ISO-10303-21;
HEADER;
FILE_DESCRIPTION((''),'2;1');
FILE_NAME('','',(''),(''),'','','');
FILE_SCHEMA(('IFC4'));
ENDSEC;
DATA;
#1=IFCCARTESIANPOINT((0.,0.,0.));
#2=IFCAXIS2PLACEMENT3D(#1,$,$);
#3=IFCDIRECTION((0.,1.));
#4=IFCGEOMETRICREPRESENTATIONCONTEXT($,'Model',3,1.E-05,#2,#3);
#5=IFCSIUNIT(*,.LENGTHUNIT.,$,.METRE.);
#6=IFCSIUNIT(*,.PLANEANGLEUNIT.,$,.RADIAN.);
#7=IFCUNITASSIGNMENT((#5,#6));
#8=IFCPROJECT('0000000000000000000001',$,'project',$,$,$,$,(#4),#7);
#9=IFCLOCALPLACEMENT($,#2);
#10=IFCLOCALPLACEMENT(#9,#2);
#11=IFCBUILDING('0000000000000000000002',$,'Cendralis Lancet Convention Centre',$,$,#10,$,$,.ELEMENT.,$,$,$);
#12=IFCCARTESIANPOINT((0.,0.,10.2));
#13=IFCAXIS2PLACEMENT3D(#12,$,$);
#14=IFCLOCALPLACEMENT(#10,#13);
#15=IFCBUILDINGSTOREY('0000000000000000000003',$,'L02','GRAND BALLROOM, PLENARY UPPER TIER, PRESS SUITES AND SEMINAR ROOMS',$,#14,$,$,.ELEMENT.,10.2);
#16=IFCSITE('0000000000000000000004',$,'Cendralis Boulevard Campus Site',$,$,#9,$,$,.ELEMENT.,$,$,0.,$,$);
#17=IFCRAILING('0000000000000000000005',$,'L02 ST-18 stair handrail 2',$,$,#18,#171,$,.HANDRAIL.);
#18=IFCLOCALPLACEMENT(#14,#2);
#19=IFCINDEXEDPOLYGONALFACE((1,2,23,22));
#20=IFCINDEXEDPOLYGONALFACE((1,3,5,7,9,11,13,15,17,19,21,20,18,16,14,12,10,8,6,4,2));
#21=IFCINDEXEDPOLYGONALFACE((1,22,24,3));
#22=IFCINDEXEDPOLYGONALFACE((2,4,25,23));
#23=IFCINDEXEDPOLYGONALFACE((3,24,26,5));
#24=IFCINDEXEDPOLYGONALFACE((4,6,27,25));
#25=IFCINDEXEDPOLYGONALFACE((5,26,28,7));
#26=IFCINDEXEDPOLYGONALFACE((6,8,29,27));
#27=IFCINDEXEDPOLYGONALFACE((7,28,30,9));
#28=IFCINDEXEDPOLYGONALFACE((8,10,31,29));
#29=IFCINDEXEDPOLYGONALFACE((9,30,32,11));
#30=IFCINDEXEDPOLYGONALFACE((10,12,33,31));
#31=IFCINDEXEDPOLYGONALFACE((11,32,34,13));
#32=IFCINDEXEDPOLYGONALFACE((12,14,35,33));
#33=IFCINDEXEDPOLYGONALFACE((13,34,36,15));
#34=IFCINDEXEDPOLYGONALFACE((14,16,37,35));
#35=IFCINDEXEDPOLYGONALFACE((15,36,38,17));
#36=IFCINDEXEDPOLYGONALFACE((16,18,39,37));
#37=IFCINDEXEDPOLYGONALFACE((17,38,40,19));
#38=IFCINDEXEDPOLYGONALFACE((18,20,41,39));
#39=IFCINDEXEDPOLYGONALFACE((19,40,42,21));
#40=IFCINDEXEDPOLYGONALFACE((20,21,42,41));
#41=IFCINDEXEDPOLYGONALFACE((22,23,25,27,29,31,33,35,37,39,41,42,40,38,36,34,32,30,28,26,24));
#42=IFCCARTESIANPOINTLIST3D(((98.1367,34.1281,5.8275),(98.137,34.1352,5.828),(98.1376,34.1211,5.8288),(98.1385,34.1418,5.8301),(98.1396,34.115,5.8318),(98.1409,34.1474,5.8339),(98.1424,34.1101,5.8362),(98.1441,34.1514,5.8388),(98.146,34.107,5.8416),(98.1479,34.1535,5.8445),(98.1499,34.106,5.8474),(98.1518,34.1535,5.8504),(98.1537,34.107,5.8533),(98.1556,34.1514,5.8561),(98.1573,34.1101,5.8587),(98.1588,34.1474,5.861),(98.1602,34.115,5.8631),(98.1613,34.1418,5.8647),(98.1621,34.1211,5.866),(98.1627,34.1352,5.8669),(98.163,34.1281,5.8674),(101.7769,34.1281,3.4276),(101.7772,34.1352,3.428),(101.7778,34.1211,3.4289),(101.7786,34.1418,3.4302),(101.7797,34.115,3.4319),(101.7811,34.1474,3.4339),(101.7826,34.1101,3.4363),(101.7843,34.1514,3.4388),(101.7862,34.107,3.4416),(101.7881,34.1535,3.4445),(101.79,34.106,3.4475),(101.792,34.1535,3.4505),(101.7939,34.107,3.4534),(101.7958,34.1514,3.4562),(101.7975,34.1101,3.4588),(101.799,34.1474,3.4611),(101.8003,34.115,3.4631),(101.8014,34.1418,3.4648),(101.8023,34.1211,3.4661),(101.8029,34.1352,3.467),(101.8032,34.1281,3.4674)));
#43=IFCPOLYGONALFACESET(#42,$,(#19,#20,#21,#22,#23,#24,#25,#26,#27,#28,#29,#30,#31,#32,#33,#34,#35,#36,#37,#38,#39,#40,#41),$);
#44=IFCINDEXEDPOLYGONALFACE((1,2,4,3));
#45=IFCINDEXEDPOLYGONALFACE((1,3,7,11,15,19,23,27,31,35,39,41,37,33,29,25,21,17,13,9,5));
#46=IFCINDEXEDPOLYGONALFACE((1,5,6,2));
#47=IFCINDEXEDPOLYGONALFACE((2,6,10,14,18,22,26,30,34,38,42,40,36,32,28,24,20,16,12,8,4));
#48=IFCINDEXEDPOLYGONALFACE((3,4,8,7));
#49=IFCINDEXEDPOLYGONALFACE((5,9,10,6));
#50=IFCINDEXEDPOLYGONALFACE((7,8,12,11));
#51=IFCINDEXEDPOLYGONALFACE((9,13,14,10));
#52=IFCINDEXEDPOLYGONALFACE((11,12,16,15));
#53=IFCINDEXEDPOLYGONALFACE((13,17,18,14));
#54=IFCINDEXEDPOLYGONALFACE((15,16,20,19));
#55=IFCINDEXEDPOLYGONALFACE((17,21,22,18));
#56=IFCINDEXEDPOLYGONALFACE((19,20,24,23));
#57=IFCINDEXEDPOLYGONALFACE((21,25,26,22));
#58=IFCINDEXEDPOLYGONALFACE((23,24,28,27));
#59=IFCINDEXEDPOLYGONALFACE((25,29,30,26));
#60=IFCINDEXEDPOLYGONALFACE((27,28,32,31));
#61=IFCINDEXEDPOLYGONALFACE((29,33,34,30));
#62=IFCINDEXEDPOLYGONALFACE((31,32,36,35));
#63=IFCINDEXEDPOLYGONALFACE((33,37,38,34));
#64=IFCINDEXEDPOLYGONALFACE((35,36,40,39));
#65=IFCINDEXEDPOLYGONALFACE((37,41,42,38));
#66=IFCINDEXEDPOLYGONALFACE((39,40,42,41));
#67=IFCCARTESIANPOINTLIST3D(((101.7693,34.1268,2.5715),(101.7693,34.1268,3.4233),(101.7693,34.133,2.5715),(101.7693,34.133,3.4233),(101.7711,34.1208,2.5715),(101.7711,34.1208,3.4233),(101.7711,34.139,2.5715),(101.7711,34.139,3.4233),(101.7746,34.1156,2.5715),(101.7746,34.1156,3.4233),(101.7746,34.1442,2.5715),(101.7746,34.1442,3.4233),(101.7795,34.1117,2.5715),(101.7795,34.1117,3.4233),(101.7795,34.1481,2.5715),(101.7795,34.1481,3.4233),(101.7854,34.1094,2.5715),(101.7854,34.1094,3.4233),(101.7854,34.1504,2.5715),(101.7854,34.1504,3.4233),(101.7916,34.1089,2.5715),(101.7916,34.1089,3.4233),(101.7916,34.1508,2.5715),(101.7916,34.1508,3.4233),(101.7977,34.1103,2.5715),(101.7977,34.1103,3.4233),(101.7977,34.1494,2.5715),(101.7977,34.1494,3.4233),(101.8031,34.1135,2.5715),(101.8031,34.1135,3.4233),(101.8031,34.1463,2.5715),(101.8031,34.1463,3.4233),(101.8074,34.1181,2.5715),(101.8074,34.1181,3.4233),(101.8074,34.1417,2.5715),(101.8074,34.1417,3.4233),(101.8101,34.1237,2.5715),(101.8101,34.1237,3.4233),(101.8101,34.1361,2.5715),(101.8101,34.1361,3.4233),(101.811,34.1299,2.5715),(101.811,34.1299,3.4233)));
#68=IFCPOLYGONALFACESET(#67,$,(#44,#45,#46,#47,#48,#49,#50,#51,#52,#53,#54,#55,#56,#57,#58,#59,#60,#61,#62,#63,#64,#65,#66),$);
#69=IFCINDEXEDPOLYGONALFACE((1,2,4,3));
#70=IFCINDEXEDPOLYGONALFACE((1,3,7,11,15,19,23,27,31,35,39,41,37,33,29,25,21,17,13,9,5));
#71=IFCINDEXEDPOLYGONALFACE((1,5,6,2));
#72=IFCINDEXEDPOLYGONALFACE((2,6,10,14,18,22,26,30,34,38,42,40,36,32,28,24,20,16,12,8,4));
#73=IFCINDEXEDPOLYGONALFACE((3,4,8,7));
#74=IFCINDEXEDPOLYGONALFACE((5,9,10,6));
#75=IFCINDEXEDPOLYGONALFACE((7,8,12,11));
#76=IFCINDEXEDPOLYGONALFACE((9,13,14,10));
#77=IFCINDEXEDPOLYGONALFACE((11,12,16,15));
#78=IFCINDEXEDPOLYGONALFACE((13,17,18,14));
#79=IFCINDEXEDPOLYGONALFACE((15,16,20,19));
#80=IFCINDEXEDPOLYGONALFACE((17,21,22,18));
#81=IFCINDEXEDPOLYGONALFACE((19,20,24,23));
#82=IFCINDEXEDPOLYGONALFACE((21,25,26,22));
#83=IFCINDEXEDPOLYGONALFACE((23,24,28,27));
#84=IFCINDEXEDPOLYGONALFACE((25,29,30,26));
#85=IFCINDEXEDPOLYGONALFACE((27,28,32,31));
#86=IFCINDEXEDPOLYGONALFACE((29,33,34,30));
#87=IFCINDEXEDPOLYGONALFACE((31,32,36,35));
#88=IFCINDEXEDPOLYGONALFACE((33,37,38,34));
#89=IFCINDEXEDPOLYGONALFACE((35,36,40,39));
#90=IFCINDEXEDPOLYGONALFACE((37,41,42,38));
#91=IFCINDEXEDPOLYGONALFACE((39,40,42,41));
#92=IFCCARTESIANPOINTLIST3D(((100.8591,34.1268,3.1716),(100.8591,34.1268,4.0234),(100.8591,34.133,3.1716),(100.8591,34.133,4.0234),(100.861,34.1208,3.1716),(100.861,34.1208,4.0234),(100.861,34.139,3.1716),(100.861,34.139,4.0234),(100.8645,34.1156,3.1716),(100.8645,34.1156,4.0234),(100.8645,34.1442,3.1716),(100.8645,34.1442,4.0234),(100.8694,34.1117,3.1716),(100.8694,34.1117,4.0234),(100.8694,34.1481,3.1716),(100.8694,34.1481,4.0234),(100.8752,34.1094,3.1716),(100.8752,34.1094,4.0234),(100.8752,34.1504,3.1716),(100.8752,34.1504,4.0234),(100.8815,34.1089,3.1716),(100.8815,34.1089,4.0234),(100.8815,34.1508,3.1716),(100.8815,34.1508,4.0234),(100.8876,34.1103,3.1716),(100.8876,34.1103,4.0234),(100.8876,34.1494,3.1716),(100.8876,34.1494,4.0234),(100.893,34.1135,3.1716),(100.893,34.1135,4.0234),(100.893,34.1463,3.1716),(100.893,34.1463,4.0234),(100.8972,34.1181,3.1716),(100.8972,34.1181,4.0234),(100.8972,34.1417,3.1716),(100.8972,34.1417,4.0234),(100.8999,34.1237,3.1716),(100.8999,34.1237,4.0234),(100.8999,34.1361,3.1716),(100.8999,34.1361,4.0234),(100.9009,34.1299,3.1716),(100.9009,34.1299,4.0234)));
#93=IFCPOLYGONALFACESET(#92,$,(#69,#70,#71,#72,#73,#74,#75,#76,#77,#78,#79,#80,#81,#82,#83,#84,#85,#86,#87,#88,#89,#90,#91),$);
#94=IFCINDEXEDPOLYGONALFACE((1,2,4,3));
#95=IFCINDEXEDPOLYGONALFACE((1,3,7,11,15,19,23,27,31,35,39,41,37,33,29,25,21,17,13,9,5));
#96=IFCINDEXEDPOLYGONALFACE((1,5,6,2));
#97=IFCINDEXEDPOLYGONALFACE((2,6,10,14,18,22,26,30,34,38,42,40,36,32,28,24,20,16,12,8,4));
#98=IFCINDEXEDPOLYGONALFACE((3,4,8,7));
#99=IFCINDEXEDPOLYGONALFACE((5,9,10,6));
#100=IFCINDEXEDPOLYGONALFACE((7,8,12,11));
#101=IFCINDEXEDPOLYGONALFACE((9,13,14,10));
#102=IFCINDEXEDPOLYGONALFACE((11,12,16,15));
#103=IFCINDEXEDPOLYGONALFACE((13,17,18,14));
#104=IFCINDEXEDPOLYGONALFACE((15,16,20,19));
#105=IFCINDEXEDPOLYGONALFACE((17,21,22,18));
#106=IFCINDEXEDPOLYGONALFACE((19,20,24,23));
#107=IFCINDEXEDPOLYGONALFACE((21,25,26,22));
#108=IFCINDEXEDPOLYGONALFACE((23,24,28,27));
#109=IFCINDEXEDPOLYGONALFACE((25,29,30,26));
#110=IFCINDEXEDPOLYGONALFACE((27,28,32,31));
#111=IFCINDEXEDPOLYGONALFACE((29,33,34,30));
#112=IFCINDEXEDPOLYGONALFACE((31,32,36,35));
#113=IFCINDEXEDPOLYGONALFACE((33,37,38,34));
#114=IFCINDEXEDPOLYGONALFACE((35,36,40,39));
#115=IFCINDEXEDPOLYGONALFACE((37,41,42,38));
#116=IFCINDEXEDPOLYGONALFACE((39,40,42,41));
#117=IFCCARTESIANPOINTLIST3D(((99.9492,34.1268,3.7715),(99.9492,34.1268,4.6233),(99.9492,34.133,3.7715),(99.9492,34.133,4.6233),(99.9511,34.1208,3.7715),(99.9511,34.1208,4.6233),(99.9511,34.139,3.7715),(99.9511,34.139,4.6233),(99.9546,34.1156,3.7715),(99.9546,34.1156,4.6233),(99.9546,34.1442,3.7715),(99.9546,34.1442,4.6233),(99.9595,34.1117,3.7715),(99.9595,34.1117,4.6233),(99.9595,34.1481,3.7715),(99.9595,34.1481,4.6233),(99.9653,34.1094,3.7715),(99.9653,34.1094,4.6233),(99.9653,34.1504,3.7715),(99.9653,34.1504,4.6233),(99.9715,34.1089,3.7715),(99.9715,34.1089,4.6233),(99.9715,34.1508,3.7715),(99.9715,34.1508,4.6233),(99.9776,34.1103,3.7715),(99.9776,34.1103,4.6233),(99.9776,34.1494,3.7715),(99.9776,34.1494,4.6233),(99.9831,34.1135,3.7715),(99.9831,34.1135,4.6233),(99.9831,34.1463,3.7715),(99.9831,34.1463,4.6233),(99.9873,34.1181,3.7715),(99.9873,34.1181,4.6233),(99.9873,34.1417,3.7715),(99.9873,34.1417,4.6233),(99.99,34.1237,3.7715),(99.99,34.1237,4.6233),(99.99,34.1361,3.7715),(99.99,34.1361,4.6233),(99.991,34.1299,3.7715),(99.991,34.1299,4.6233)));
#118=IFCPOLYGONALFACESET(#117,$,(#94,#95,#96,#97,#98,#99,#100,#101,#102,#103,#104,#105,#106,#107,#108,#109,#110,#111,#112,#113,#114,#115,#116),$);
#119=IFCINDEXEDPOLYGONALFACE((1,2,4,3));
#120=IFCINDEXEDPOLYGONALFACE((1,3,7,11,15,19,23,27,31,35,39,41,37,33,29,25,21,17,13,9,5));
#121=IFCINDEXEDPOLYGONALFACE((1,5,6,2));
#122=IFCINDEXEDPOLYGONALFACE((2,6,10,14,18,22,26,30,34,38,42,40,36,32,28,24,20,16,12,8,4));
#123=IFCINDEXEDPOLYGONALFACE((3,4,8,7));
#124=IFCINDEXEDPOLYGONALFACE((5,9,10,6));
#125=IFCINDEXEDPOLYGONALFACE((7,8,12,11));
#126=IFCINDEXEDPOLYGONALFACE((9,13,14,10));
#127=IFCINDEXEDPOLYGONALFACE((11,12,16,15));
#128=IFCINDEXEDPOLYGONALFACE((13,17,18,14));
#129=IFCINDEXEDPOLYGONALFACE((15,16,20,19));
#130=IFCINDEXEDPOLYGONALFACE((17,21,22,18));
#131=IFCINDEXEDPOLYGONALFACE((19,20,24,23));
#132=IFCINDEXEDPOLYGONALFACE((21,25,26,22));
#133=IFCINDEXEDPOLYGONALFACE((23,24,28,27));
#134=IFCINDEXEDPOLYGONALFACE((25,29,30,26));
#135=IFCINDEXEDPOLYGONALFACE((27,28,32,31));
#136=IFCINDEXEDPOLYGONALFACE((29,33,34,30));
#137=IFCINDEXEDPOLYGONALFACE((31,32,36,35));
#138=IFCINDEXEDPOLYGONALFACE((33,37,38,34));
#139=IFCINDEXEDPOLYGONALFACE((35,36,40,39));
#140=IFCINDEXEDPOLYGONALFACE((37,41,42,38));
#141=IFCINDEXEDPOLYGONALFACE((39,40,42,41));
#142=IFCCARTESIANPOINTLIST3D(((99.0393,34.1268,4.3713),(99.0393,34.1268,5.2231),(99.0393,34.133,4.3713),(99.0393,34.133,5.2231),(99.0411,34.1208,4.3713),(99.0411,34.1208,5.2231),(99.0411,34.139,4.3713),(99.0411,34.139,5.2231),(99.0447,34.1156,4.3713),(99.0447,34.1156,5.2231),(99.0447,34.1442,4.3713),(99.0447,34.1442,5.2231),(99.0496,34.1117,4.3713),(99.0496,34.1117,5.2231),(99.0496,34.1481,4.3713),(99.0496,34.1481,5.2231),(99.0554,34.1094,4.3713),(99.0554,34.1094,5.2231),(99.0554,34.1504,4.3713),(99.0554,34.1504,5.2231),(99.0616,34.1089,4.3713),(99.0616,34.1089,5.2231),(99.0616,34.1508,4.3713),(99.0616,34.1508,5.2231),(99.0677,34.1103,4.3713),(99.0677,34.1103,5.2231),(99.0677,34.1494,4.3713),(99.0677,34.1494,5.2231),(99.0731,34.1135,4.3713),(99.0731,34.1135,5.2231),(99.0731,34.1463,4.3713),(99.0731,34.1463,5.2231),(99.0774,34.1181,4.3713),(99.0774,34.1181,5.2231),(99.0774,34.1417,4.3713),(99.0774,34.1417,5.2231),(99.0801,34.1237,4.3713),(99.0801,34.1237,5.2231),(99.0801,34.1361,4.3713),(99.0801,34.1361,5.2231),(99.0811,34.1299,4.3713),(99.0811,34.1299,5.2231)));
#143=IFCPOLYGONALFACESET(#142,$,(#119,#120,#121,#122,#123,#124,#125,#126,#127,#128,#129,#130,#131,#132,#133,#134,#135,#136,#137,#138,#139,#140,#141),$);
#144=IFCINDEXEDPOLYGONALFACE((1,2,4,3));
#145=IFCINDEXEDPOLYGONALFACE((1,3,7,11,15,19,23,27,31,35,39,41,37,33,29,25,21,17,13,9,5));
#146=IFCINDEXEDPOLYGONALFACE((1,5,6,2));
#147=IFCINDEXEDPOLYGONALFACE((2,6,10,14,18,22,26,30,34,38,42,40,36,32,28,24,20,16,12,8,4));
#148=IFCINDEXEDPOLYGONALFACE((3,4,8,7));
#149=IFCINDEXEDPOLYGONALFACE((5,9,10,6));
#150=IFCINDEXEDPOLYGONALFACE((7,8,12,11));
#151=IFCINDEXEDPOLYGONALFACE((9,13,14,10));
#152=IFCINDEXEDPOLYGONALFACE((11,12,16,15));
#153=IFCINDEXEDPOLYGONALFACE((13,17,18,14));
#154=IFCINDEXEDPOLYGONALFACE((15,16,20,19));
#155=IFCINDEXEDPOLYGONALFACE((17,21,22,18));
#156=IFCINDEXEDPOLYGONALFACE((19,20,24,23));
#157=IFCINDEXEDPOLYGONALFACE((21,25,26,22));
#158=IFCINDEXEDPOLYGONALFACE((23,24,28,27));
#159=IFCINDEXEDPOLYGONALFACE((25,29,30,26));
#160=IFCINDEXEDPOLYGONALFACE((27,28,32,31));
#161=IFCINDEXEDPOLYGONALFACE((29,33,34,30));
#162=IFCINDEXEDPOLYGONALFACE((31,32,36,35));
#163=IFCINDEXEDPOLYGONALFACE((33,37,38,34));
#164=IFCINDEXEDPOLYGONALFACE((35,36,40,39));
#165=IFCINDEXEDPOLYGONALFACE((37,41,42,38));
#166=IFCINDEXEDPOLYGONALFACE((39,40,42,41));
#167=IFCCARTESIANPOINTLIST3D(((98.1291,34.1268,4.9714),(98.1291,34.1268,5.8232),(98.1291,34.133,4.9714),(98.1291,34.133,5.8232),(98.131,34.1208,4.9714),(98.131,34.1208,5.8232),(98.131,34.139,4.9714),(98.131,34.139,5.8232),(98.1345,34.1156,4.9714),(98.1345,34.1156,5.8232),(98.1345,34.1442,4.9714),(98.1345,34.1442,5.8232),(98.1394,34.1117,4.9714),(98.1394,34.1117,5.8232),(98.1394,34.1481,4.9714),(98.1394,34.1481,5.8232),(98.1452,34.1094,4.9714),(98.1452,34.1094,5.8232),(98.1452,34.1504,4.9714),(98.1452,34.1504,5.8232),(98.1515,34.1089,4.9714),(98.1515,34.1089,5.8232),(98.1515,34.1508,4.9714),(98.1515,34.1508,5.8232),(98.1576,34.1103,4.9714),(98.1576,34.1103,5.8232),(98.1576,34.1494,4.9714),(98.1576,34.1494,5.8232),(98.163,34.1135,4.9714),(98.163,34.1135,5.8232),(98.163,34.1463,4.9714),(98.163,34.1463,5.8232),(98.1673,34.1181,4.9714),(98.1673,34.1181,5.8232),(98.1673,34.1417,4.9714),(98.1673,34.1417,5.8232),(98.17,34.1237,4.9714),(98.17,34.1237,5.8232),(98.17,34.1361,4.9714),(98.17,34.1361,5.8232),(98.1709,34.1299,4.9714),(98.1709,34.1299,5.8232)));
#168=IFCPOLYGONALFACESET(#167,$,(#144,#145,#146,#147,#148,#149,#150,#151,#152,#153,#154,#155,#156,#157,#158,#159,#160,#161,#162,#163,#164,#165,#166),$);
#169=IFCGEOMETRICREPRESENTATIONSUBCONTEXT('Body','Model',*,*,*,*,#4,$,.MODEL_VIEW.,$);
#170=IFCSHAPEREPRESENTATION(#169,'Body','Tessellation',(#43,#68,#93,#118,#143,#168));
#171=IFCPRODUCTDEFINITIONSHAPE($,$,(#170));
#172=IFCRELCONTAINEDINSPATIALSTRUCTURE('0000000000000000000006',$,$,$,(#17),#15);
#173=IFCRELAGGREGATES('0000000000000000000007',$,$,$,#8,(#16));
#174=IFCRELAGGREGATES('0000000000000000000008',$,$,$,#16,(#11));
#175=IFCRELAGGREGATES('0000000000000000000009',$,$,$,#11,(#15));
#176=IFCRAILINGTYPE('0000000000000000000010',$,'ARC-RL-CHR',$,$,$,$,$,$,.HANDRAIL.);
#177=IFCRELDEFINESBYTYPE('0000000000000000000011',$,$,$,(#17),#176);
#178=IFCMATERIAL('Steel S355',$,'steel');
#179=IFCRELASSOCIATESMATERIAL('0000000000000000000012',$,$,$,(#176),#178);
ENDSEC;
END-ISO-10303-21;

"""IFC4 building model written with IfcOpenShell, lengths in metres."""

from ifc_helpers import new_model, si_unit, direction, frame, origin, origin_2d, place, context, subcontext, project, spatial, circle, extrude, material, type_object, element, save


model = new_model("IFC4")

# Units and contexts
model_context = context("Model", 3, precision=1e-05, world=origin(), true_north=direction((0.0, 1.0)))
body_context = subcontext(model_context, "Body", "Model", "MODEL_VIEW")
ifc_project = project(units=[si_unit("LENGTHUNIT", "METRE"), si_unit("PLANEANGLEUNIT", "RADIAN")], contexts=[model_context])

# Site, building, storey
site_placement = place(None, origin())
site = spatial("IfcSite", under=ifc_project, at=site_placement, Name="Cendralis Boulevard Campus Site", CompositionType="ELEMENT", RefElevation=0.0)
building_placement = place(site_placement, origin())
building = spatial("IfcBuilding", under=site, at=building_placement, Name="Cendralis Lancet Convention Centre", CompositionType="ELEMENT")
storey_placement = place(building_placement, frame((0.0, 0.0, 10.2)))
storey = spatial("IfcBuildingStorey", under=building, at=storey_placement, Name="L02", Description="GRAND BALLROOM, PLENARY UPPER TIER, PRESS SUITES AND SEMINAR ROOMS", CompositionType="ELEMENT", Elevation=10.2)

# Shared definitions
ifc_material_1 = material(Name="Steel S355", Category="steel")

# Railing
railing_type_1 = type_object("IfcRailingType", Name="ARC-RL-CHR", PredefinedType="HANDRAIL", material=ifc_material_1)
railing_1_placement = place(storey_placement, frame((101.79, 34.1299, 2.5715)))
element("IfcRailing", 1, at=railing_1_placement, inside=storey, type_object=railing_type_1, Name="L02 ST-18 stair handrail 2", PredefinedType="HANDRAIL", context=body_context, shape_type="SweptSolid", body=[
    extrude(circle(Radius=0.0239, at=origin_2d()), frame((0.0, 0.0, 0.876), z_axis=(-0.834882, 0.0, 0.550429), x_axis=(0.0, -1.0, 0.0)), (0.0, 0.0, 1.0), 4.3601),
    extrude(circle(Radius=0.021, at=origin_2d()), origin(), (0.0, 0.0, 1.0), 0.8518),
    extrude(circle(Radius=0.021, at=origin_2d()), frame((-0.9102, 0.0, 0.6001)), (0.0, 0.0, 1.0), 0.8518),
    extrude(circle(Radius=0.021, at=origin_2d()), frame((-1.8201, 0.0, 1.2)), (0.0, 0.0, 1.0), 0.8518),
    extrude(circle(Radius=0.021, at=origin_2d()), frame((-2.73, 0.0, 1.7998)), (0.0, 0.0, 1.0), 0.8518),
    extrude(circle(Radius=0.021, at=origin_2d()), frame((-3.6401, 0.0, 2.3999)), (0.0, 0.0, 1.0), 0.8518),
])

save(model, "model.ifc")
